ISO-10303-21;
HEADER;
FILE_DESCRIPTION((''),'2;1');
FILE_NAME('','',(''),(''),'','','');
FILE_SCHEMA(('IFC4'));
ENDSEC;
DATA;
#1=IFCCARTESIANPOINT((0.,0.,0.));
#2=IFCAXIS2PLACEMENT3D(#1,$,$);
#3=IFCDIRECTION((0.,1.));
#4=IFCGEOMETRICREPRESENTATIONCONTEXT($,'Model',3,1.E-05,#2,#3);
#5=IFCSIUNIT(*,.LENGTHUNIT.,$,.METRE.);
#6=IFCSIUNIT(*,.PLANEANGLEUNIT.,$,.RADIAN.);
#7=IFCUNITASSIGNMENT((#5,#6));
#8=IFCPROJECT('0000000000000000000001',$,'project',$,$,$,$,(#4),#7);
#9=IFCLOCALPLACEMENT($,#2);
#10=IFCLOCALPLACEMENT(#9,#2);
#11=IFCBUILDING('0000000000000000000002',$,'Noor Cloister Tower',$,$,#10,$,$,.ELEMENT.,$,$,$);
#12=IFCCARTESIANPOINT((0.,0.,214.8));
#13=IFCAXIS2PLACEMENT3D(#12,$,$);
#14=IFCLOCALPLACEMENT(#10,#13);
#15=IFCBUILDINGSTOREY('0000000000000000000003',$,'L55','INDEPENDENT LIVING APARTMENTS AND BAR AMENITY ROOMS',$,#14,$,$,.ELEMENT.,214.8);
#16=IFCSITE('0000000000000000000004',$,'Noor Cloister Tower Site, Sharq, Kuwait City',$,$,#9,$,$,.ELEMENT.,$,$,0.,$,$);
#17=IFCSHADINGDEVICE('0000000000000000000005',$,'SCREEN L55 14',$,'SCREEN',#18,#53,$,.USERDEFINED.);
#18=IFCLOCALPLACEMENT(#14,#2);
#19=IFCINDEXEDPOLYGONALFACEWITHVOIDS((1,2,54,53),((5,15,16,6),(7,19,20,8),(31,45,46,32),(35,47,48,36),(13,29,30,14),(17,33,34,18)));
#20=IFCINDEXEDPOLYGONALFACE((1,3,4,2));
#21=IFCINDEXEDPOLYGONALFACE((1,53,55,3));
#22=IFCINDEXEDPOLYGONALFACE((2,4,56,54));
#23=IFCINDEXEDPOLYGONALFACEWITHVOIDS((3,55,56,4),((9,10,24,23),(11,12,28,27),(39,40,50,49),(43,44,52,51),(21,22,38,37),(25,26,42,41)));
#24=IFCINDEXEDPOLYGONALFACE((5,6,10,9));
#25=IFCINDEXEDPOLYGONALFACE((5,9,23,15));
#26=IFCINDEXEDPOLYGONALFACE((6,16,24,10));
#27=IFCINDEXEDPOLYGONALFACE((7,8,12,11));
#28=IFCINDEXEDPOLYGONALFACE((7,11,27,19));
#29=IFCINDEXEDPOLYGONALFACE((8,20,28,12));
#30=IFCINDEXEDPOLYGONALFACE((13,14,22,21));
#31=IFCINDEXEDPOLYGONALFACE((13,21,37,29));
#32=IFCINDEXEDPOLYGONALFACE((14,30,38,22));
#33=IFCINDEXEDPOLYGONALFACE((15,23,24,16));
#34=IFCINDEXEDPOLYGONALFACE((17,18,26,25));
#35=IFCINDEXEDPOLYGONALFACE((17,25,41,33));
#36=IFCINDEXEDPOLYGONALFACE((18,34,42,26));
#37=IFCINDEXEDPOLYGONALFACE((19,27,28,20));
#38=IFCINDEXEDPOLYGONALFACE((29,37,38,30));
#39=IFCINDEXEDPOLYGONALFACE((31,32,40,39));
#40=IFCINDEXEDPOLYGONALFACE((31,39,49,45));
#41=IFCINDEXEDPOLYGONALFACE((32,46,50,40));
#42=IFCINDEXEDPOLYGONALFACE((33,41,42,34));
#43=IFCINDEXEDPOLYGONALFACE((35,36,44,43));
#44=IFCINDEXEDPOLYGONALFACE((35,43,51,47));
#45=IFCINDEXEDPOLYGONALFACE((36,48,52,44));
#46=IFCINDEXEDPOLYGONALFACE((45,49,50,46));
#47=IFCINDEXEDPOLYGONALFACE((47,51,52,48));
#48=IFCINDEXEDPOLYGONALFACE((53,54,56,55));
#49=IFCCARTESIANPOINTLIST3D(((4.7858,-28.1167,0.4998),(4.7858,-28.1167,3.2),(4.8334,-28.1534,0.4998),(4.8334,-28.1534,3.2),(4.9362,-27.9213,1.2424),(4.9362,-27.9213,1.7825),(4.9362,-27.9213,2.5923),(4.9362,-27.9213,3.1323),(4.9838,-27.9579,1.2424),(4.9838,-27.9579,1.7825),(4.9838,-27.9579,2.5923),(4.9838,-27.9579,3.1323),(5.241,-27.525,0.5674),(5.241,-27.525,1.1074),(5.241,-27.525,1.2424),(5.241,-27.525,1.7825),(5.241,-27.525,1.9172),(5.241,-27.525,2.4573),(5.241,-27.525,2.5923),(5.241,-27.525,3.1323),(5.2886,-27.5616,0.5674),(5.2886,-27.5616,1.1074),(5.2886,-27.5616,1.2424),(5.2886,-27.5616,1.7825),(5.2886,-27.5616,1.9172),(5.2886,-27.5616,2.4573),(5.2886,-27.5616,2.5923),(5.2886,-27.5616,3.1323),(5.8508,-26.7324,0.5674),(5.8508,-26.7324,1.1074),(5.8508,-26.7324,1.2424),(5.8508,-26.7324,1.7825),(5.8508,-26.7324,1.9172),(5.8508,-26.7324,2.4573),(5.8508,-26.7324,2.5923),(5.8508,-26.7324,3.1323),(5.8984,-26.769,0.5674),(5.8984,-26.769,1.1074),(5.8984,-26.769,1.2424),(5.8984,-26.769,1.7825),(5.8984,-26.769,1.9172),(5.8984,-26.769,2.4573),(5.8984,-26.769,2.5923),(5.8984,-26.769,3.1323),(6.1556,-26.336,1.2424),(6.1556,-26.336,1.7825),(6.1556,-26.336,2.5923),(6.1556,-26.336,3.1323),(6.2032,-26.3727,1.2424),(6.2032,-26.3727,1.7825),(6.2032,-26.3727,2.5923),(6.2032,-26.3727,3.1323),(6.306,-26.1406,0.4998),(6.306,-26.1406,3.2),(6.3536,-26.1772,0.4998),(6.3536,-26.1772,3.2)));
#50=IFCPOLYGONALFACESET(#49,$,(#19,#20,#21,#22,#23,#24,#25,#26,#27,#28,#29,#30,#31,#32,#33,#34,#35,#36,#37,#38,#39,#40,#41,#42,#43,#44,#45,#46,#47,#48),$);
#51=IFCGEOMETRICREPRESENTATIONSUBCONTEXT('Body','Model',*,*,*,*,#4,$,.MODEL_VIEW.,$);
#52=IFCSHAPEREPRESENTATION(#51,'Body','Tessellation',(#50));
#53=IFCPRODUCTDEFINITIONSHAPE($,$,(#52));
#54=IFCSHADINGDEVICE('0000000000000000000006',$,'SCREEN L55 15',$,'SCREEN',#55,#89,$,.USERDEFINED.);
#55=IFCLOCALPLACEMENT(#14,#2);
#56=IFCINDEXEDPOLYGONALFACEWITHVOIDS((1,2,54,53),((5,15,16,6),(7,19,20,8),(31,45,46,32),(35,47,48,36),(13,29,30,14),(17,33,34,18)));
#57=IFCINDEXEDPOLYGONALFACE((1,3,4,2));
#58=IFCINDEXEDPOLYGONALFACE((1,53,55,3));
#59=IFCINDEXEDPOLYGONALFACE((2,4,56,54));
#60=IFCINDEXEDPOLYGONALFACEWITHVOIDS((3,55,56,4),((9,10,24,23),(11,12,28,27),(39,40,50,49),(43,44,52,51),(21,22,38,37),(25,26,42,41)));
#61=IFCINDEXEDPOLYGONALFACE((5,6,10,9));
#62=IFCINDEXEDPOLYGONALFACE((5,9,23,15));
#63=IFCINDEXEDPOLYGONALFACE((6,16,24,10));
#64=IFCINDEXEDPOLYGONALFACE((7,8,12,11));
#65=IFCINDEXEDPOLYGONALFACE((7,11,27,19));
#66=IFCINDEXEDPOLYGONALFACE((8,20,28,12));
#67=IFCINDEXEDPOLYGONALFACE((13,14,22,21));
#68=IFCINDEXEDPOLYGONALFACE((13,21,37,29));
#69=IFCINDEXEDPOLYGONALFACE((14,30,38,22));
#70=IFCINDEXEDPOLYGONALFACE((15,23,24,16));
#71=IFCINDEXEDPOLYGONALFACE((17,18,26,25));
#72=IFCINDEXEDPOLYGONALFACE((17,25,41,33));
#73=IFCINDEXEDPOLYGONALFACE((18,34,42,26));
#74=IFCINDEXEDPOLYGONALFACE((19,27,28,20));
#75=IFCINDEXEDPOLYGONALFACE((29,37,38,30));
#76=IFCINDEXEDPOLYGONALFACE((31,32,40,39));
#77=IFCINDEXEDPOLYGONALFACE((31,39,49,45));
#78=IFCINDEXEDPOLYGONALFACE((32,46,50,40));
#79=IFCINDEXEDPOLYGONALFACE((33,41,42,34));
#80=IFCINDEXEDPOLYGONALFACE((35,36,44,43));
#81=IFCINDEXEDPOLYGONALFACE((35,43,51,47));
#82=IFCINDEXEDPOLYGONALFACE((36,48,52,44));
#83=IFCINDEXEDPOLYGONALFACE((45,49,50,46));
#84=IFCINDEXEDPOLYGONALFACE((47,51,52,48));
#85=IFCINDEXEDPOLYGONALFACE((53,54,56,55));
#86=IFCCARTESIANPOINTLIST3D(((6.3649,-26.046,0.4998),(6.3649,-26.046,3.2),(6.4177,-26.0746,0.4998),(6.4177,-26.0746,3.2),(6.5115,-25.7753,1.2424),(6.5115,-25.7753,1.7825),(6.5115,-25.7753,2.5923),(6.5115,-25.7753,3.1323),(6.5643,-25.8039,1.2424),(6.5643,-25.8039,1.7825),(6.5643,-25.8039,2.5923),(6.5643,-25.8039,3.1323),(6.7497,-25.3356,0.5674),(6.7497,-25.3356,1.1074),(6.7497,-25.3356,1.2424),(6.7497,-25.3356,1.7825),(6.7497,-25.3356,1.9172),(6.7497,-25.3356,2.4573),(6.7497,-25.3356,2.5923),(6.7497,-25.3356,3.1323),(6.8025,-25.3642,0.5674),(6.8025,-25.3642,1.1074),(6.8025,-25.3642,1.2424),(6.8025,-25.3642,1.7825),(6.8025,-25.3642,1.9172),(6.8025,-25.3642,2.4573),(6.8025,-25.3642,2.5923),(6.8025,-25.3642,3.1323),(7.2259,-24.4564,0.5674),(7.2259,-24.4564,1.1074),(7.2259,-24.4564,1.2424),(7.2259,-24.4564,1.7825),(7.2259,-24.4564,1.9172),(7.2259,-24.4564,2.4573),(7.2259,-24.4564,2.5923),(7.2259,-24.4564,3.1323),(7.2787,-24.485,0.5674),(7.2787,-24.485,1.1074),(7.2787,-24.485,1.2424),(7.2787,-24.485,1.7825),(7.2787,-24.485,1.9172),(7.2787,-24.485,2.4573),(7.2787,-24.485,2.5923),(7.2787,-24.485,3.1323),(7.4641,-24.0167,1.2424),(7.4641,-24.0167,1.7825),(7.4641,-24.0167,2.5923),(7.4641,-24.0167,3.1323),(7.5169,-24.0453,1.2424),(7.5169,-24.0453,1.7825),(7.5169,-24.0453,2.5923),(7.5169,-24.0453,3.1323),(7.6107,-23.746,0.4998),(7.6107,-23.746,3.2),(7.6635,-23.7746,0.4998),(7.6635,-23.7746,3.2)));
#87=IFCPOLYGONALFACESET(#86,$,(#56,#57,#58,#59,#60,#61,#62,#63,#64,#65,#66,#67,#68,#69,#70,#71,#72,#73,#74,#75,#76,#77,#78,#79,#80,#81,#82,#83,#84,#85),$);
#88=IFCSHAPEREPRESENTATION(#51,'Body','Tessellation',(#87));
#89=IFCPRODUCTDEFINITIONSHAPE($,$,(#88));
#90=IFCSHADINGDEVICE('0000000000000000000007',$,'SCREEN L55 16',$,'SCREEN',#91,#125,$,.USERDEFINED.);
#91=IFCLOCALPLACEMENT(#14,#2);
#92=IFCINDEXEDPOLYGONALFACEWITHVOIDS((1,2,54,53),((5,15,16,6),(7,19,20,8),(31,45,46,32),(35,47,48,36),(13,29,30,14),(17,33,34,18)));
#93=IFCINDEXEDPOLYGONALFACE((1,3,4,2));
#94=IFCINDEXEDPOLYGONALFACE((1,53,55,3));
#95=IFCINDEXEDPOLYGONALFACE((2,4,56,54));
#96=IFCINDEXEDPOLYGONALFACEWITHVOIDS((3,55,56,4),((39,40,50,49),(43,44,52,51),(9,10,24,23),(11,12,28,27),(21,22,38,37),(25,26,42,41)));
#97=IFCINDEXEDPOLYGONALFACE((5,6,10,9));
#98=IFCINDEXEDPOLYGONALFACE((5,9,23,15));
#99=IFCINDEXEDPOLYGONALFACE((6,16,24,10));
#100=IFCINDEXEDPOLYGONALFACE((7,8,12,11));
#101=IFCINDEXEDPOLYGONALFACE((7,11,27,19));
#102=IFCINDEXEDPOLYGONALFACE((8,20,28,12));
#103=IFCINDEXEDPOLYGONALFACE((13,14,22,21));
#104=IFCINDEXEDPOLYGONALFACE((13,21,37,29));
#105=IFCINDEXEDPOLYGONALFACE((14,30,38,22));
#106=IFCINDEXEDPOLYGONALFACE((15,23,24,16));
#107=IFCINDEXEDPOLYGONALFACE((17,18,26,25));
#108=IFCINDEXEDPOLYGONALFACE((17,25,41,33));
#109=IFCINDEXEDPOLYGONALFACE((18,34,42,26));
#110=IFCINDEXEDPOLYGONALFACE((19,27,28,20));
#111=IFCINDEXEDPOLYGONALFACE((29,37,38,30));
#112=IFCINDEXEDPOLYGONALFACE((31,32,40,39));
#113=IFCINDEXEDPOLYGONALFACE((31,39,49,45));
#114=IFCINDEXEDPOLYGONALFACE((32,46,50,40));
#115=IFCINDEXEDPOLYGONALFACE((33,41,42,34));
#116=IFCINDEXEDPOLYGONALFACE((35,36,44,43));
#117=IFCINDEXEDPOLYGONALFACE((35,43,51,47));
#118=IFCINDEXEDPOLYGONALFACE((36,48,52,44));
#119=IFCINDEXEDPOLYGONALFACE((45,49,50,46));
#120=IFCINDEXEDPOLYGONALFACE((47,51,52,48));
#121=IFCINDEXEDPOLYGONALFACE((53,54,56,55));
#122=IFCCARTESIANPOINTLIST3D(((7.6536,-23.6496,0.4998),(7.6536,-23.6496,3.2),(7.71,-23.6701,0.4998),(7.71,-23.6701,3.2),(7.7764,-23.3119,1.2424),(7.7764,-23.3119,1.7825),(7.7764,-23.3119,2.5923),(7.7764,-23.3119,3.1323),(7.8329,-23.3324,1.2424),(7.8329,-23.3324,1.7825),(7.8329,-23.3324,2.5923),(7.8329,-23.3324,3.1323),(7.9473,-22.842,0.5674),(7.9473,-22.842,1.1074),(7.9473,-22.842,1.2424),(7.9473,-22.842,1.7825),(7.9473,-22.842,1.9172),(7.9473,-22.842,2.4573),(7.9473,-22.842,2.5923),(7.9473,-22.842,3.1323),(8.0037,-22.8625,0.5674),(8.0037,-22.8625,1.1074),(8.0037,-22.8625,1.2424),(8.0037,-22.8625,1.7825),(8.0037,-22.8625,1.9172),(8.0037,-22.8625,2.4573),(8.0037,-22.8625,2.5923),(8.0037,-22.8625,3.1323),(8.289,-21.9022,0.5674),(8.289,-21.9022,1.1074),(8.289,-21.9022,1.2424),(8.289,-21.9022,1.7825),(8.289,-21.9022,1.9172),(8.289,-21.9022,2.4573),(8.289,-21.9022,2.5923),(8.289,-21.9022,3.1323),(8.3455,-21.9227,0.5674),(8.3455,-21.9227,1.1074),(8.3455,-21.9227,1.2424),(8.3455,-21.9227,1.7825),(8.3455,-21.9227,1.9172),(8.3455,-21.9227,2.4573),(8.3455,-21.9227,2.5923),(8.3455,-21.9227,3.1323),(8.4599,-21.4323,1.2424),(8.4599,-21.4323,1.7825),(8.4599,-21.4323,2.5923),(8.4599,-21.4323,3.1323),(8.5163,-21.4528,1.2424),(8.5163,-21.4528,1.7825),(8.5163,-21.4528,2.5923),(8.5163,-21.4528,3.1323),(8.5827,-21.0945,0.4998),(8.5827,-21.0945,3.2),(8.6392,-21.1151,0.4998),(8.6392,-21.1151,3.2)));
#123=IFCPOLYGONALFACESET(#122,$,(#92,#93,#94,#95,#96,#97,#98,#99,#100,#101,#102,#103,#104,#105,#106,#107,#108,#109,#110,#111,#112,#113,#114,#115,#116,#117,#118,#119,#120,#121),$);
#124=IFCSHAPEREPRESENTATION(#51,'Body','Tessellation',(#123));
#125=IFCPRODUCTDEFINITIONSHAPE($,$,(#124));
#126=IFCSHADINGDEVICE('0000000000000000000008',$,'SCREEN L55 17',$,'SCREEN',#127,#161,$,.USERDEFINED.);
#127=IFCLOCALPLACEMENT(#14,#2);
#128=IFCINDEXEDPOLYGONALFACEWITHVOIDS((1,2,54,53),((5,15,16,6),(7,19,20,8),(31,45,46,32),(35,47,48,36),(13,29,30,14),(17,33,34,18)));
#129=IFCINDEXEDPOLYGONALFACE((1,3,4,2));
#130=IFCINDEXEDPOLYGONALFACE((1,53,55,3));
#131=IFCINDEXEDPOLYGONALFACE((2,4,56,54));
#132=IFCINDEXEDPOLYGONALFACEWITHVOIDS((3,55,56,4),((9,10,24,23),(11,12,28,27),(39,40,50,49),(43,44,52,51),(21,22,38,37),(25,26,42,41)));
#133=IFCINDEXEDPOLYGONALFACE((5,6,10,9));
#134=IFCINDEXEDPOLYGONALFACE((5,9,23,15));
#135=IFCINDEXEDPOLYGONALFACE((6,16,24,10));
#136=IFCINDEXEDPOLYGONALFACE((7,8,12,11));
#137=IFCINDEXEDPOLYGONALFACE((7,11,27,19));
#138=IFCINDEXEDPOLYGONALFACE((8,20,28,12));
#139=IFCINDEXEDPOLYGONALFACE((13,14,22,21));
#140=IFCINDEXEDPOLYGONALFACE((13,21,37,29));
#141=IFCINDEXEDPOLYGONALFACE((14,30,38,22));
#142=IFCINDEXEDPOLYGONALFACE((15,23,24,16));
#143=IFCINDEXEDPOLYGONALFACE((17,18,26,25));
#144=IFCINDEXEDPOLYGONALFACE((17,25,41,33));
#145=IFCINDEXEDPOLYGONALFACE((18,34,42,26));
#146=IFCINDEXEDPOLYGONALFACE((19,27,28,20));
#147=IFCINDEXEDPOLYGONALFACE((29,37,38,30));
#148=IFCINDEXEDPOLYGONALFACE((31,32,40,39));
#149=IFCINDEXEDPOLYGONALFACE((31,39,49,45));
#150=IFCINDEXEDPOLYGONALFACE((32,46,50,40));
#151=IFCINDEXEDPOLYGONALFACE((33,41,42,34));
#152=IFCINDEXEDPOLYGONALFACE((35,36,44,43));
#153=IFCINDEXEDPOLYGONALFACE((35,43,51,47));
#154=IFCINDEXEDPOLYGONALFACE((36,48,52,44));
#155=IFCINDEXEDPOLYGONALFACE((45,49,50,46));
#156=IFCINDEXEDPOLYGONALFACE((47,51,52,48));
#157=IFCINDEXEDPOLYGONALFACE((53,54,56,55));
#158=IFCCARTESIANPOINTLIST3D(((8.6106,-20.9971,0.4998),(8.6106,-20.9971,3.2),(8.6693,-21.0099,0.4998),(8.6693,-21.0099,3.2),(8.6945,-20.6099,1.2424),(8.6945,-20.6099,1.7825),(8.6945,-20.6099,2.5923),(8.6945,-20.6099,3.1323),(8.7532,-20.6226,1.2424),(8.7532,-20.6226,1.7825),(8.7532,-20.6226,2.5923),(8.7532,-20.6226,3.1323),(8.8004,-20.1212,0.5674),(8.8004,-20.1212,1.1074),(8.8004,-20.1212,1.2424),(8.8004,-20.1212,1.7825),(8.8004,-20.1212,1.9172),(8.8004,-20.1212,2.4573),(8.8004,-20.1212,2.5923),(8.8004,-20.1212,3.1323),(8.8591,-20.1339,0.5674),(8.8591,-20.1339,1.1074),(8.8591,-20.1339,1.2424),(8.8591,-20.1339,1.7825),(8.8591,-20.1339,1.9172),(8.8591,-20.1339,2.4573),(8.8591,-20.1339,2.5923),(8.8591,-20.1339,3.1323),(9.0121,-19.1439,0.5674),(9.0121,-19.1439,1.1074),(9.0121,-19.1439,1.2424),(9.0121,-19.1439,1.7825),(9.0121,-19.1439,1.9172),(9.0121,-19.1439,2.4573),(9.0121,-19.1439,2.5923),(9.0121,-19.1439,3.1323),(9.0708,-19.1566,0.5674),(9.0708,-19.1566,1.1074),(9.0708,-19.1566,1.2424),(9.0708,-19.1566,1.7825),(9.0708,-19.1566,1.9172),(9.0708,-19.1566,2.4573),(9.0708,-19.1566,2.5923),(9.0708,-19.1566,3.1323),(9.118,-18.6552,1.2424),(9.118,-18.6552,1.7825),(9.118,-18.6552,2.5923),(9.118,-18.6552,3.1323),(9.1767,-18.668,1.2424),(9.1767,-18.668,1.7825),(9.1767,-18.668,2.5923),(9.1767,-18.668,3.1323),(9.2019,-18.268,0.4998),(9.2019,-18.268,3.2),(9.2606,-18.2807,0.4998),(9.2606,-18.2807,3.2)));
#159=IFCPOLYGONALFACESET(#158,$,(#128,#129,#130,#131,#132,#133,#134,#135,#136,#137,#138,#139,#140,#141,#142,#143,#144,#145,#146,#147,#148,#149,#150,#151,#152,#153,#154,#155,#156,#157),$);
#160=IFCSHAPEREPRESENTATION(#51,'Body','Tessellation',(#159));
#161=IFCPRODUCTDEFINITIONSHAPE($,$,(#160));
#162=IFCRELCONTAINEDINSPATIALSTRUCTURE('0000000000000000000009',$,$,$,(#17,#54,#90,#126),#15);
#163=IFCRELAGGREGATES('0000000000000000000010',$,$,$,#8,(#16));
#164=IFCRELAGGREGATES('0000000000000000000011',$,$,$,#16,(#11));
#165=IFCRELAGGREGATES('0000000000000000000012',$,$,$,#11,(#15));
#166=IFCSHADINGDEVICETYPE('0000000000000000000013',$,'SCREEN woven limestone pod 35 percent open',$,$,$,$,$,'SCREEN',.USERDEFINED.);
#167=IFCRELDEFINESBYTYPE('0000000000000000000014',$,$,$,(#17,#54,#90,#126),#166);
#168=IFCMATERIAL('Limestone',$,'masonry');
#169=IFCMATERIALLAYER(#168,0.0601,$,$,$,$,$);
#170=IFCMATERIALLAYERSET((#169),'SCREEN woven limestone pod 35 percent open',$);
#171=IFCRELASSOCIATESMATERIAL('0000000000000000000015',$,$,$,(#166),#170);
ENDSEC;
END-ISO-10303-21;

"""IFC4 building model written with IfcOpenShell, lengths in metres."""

from ifc_helpers import new_model, si_unit, direction, frame, origin, place, context, subcontext, project, spatial, polyline, outline, extrude, material, layer, layer_set, type_object, element, save


model = new_model("IFC4")

# Units and contexts
model_context = context("Model", 3, precision=1e-05, world=origin(), true_north=direction((0.0, 1.0)))
body_context = subcontext(model_context, "Body", "Model", "MODEL_VIEW")
ifc_project = project(units=[si_unit("LENGTHUNIT", "METRE"), si_unit("PLANEANGLEUNIT", "RADIAN")], contexts=[model_context])

# Site, building, storey
site_placement = place(None, origin())
site = spatial("IfcSite", under=ifc_project, at=site_placement, Name="Noor Cloister Tower Site, Sharq, Kuwait City", CompositionType="ELEMENT", RefElevation=0.0)
building_placement = place(site_placement, origin())
building = spatial("IfcBuilding", under=site, at=building_placement, Name="Noor Cloister Tower", CompositionType="ELEMENT")
storey_placement = place(building_placement, frame((0.0, 0.0, 214.8)))
storey = spatial("IfcBuildingStorey", under=building, at=storey_placement, Name="L55", Description="INDEPENDENT LIVING APARTMENTS AND BAR AMENITY ROOMS", CompositionType="ELEMENT", Elevation=214.8)

# Shading devices
ifc_material_1 = material(Name="Limestone", Category="masonry")
ifc_layer_1 = layer(ifc_material_1, 0.0601)
ifc_layer_set_1 = layer_set([ifc_layer_1], Name="SCREEN woven limestone pod 35 percent open")
shading_device_type_1 = type_object("IfcShadingDeviceType", Name="SCREEN woven limestone pod 35 percent open", ElementType="SCREEN", PredefinedType="USERDEFINED", material=ifc_layer_set_1)
shading_device_1_placement = place(storey_placement, frame((5.5459, -27.1287, 1.8499), z_axis=(0.792624, -0.609711, 0.0), x_axis=(0.609711, 0.792624, 0.0)))
element("IfcShadingDevice", 1, at=shading_device_1_placement, inside=storey, type_object=shading_device_type_1, Name="SCREEN L55 14", ObjectType="SCREEN", PredefinedType="USERDEFINED", context=body_context, shape_type="SweptSolid", body=[
    extrude(outline(polyline([(-1.2466, -1.3501), (1.2466, -1.3501), (1.2466, 1.3501), (-1.2466, 1.3501), (-1.2466, -1.3501)]), holes=[polyline([(-0.5, -1.2825), (0.5, -1.2825), (0.5, -0.7424), (-0.5, -0.7424), (-0.5, -1.2825)]), polyline([(-1.0, -0.6074), (-0.5, -0.6074), (-0.5, -0.0674), (-1.0, -0.0674), (-1.0, -0.6074)]), polyline([(0.5, -0.6074), (1.0, -0.6074), (1.0, -0.0674), (0.5, -0.0674), (0.5, -0.6074)]), polyline([(-0.5, 0.0674), (0.5, 0.0674), (0.5, 0.6074), (-0.5, 0.6074), (-0.5, 0.0674)]), polyline([(-1.0, 0.7424), (-0.5, 0.7424), (-0.5, 1.2825), (-1.0, 1.2825), (-1.0, 0.7424)]), polyline([(0.5, 0.7424), (1.0, 0.7424), (1.0, 1.2825), (0.5, 1.2825), (0.5, 0.7424)])]), origin(), (0.0, 0.0, 1.0), 0.0601),
])
shading_device_2_placement = place(storey_placement, frame((6.9878, -24.896, 1.8499), z_axis=(0.879292, -0.476283, 0.0), x_axis=(0.476283, 0.879292, 0.0)))
element("IfcShadingDevice", 2, at=shading_device_2_placement, inside=storey, type_object=shading_device_type_1, Name="SCREEN L55 15", ObjectType="SCREEN", PredefinedType="USERDEFINED", context=body_context, shape_type="SweptSolid", body=[
    extrude(outline(polyline([(-1.3079, -1.3501), (1.3079, -1.3501), (1.3079, 1.3501), (-1.3079, 1.3501), (-1.3079, -1.3501)]), holes=[polyline([(-0.5, -1.2825), (0.5, -1.2825), (0.5, -0.7424), (-0.5, -0.7424), (-0.5, -1.2825)]), polyline([(-1.0, -0.6074), (-0.5, -0.6074), (-0.5, -0.0674), (-1.0, -0.0674), (-1.0, -0.6074)]), polyline([(0.5, -0.6074), (1.0, -0.6074), (1.0, -0.0674), (0.5, -0.0674), (0.5, -0.6074)]), polyline([(-0.5, 0.0674), (0.5, 0.0674), (0.5, 0.6074), (-0.5, 0.6074), (-0.5, 0.0674)]), polyline([(-1.0, 0.7424), (-0.5, 0.7424), (-0.5, 1.2825), (-1.0, 1.2825), (-1.0, 0.7424)]), polyline([(0.5, 0.7424), (1.0, 0.7424), (1.0, 1.2825), (0.5, 1.2825), (0.5, 0.7424)])]), origin(), (0.0, 0.0, 1.0), 0.0601),
])
shading_device_3_placement = place(storey_placement, frame((8.1182, -22.3721, 1.8499), z_axis=(0.939793, -0.341743, 0.0), x_axis=(0.341743, 0.939793, 0.0)))
element("IfcShadingDevice", 3, at=shading_device_3_placement, inside=storey, type_object=shading_device_type_1, Name="SCREEN L55 16", ObjectType="SCREEN", PredefinedType="USERDEFINED", context=body_context, shape_type="SweptSolid", body=[
    extrude(outline(polyline([(-1.3594, -1.3501), (1.3594, -1.3501), (1.3594, 1.3501), (-1.3594, 1.3501), (-1.3594, -1.3501)]), holes=[polyline([(-0.5, -1.2825), (0.5, -1.2825), (0.5, -0.7424), (-0.5, -0.7424), (-0.5, -1.2825)]), polyline([(-1.0, -0.6074), (-0.5, -0.6074), (-0.5, -0.0674), (-1.0, -0.0674), (-1.0, -0.6074)]), polyline([(0.5, -0.6074), (1.0, -0.6074), (1.0, -0.0674), (0.5, -0.0674), (0.5, -0.6074)]), polyline([(-0.5, 0.0674), (0.5, 0.0674), (0.5, 0.6074), (-0.5, 0.6074), (-0.5, 0.0674)]), polyline([(-1.0, 0.7424), (-0.5, 0.7424), (-0.5, 1.2825), (-1.0, 1.2825), (-1.0, 0.7424)]), polyline([(0.5, 0.7424), (1.0, 0.7424), (1.0, 1.2825), (0.5, 1.2825), (0.5, 0.7424)])]), origin(), (0.0, 0.0, 1.0), 0.0601),
])
shading_device_4_placement = place(storey_placement, frame((8.9062, -19.6326, 1.8499), z_axis=(0.977323, -0.211753, 0.0), x_axis=(0.211753, 0.977323, 0.0)))
element("IfcShadingDevice", 4, at=shading_device_4_placement, inside=storey, type_object=shading_device_type_1, Name="SCREEN L55 17", ObjectType="SCREEN", PredefinedType="USERDEFINED", context=body_context, shape_type="SweptSolid", body=[
    extrude(outline(polyline([(-1.3962, -1.3501), (1.3962, -1.3501), (1.3962, 1.3501), (-1.3962, 1.3501), (-1.3962, -1.3501)]), holes=[polyline([(-0.5, -1.2825), (0.5, -1.2825), (0.5, -0.7424), (-0.5, -0.7424), (-0.5, -1.2825)]), polyline([(-1.0, -0.6074), (-0.5, -0.6074), (-0.5, -0.0674), (-1.0, -0.0674), (-1.0, -0.6074)]), polyline([(0.5, -0.6074), (1.0, -0.6074), (1.0, -0.0674), (0.5, -0.0674), (0.5, -0.6074)]), polyline([(-0.5, 0.0674), (0.5, 0.0674), (0.5, 0.6074), (-0.5, 0.6074), (-0.5, 0.0674)]), polyline([(-1.0, 0.7424), (-0.5, 0.7424), (-0.5, 1.2825), (-1.0, 1.2825), (-1.0, 0.7424)]), polyline([(0.5, 0.7424), (1.0, 0.7424), (1.0, 1.2825), (0.5, 1.2825), (0.5, 0.7424)])]), origin(), (0.0, 0.0, 1.0), 0.0601),
])

save(model, "model.ifc")
